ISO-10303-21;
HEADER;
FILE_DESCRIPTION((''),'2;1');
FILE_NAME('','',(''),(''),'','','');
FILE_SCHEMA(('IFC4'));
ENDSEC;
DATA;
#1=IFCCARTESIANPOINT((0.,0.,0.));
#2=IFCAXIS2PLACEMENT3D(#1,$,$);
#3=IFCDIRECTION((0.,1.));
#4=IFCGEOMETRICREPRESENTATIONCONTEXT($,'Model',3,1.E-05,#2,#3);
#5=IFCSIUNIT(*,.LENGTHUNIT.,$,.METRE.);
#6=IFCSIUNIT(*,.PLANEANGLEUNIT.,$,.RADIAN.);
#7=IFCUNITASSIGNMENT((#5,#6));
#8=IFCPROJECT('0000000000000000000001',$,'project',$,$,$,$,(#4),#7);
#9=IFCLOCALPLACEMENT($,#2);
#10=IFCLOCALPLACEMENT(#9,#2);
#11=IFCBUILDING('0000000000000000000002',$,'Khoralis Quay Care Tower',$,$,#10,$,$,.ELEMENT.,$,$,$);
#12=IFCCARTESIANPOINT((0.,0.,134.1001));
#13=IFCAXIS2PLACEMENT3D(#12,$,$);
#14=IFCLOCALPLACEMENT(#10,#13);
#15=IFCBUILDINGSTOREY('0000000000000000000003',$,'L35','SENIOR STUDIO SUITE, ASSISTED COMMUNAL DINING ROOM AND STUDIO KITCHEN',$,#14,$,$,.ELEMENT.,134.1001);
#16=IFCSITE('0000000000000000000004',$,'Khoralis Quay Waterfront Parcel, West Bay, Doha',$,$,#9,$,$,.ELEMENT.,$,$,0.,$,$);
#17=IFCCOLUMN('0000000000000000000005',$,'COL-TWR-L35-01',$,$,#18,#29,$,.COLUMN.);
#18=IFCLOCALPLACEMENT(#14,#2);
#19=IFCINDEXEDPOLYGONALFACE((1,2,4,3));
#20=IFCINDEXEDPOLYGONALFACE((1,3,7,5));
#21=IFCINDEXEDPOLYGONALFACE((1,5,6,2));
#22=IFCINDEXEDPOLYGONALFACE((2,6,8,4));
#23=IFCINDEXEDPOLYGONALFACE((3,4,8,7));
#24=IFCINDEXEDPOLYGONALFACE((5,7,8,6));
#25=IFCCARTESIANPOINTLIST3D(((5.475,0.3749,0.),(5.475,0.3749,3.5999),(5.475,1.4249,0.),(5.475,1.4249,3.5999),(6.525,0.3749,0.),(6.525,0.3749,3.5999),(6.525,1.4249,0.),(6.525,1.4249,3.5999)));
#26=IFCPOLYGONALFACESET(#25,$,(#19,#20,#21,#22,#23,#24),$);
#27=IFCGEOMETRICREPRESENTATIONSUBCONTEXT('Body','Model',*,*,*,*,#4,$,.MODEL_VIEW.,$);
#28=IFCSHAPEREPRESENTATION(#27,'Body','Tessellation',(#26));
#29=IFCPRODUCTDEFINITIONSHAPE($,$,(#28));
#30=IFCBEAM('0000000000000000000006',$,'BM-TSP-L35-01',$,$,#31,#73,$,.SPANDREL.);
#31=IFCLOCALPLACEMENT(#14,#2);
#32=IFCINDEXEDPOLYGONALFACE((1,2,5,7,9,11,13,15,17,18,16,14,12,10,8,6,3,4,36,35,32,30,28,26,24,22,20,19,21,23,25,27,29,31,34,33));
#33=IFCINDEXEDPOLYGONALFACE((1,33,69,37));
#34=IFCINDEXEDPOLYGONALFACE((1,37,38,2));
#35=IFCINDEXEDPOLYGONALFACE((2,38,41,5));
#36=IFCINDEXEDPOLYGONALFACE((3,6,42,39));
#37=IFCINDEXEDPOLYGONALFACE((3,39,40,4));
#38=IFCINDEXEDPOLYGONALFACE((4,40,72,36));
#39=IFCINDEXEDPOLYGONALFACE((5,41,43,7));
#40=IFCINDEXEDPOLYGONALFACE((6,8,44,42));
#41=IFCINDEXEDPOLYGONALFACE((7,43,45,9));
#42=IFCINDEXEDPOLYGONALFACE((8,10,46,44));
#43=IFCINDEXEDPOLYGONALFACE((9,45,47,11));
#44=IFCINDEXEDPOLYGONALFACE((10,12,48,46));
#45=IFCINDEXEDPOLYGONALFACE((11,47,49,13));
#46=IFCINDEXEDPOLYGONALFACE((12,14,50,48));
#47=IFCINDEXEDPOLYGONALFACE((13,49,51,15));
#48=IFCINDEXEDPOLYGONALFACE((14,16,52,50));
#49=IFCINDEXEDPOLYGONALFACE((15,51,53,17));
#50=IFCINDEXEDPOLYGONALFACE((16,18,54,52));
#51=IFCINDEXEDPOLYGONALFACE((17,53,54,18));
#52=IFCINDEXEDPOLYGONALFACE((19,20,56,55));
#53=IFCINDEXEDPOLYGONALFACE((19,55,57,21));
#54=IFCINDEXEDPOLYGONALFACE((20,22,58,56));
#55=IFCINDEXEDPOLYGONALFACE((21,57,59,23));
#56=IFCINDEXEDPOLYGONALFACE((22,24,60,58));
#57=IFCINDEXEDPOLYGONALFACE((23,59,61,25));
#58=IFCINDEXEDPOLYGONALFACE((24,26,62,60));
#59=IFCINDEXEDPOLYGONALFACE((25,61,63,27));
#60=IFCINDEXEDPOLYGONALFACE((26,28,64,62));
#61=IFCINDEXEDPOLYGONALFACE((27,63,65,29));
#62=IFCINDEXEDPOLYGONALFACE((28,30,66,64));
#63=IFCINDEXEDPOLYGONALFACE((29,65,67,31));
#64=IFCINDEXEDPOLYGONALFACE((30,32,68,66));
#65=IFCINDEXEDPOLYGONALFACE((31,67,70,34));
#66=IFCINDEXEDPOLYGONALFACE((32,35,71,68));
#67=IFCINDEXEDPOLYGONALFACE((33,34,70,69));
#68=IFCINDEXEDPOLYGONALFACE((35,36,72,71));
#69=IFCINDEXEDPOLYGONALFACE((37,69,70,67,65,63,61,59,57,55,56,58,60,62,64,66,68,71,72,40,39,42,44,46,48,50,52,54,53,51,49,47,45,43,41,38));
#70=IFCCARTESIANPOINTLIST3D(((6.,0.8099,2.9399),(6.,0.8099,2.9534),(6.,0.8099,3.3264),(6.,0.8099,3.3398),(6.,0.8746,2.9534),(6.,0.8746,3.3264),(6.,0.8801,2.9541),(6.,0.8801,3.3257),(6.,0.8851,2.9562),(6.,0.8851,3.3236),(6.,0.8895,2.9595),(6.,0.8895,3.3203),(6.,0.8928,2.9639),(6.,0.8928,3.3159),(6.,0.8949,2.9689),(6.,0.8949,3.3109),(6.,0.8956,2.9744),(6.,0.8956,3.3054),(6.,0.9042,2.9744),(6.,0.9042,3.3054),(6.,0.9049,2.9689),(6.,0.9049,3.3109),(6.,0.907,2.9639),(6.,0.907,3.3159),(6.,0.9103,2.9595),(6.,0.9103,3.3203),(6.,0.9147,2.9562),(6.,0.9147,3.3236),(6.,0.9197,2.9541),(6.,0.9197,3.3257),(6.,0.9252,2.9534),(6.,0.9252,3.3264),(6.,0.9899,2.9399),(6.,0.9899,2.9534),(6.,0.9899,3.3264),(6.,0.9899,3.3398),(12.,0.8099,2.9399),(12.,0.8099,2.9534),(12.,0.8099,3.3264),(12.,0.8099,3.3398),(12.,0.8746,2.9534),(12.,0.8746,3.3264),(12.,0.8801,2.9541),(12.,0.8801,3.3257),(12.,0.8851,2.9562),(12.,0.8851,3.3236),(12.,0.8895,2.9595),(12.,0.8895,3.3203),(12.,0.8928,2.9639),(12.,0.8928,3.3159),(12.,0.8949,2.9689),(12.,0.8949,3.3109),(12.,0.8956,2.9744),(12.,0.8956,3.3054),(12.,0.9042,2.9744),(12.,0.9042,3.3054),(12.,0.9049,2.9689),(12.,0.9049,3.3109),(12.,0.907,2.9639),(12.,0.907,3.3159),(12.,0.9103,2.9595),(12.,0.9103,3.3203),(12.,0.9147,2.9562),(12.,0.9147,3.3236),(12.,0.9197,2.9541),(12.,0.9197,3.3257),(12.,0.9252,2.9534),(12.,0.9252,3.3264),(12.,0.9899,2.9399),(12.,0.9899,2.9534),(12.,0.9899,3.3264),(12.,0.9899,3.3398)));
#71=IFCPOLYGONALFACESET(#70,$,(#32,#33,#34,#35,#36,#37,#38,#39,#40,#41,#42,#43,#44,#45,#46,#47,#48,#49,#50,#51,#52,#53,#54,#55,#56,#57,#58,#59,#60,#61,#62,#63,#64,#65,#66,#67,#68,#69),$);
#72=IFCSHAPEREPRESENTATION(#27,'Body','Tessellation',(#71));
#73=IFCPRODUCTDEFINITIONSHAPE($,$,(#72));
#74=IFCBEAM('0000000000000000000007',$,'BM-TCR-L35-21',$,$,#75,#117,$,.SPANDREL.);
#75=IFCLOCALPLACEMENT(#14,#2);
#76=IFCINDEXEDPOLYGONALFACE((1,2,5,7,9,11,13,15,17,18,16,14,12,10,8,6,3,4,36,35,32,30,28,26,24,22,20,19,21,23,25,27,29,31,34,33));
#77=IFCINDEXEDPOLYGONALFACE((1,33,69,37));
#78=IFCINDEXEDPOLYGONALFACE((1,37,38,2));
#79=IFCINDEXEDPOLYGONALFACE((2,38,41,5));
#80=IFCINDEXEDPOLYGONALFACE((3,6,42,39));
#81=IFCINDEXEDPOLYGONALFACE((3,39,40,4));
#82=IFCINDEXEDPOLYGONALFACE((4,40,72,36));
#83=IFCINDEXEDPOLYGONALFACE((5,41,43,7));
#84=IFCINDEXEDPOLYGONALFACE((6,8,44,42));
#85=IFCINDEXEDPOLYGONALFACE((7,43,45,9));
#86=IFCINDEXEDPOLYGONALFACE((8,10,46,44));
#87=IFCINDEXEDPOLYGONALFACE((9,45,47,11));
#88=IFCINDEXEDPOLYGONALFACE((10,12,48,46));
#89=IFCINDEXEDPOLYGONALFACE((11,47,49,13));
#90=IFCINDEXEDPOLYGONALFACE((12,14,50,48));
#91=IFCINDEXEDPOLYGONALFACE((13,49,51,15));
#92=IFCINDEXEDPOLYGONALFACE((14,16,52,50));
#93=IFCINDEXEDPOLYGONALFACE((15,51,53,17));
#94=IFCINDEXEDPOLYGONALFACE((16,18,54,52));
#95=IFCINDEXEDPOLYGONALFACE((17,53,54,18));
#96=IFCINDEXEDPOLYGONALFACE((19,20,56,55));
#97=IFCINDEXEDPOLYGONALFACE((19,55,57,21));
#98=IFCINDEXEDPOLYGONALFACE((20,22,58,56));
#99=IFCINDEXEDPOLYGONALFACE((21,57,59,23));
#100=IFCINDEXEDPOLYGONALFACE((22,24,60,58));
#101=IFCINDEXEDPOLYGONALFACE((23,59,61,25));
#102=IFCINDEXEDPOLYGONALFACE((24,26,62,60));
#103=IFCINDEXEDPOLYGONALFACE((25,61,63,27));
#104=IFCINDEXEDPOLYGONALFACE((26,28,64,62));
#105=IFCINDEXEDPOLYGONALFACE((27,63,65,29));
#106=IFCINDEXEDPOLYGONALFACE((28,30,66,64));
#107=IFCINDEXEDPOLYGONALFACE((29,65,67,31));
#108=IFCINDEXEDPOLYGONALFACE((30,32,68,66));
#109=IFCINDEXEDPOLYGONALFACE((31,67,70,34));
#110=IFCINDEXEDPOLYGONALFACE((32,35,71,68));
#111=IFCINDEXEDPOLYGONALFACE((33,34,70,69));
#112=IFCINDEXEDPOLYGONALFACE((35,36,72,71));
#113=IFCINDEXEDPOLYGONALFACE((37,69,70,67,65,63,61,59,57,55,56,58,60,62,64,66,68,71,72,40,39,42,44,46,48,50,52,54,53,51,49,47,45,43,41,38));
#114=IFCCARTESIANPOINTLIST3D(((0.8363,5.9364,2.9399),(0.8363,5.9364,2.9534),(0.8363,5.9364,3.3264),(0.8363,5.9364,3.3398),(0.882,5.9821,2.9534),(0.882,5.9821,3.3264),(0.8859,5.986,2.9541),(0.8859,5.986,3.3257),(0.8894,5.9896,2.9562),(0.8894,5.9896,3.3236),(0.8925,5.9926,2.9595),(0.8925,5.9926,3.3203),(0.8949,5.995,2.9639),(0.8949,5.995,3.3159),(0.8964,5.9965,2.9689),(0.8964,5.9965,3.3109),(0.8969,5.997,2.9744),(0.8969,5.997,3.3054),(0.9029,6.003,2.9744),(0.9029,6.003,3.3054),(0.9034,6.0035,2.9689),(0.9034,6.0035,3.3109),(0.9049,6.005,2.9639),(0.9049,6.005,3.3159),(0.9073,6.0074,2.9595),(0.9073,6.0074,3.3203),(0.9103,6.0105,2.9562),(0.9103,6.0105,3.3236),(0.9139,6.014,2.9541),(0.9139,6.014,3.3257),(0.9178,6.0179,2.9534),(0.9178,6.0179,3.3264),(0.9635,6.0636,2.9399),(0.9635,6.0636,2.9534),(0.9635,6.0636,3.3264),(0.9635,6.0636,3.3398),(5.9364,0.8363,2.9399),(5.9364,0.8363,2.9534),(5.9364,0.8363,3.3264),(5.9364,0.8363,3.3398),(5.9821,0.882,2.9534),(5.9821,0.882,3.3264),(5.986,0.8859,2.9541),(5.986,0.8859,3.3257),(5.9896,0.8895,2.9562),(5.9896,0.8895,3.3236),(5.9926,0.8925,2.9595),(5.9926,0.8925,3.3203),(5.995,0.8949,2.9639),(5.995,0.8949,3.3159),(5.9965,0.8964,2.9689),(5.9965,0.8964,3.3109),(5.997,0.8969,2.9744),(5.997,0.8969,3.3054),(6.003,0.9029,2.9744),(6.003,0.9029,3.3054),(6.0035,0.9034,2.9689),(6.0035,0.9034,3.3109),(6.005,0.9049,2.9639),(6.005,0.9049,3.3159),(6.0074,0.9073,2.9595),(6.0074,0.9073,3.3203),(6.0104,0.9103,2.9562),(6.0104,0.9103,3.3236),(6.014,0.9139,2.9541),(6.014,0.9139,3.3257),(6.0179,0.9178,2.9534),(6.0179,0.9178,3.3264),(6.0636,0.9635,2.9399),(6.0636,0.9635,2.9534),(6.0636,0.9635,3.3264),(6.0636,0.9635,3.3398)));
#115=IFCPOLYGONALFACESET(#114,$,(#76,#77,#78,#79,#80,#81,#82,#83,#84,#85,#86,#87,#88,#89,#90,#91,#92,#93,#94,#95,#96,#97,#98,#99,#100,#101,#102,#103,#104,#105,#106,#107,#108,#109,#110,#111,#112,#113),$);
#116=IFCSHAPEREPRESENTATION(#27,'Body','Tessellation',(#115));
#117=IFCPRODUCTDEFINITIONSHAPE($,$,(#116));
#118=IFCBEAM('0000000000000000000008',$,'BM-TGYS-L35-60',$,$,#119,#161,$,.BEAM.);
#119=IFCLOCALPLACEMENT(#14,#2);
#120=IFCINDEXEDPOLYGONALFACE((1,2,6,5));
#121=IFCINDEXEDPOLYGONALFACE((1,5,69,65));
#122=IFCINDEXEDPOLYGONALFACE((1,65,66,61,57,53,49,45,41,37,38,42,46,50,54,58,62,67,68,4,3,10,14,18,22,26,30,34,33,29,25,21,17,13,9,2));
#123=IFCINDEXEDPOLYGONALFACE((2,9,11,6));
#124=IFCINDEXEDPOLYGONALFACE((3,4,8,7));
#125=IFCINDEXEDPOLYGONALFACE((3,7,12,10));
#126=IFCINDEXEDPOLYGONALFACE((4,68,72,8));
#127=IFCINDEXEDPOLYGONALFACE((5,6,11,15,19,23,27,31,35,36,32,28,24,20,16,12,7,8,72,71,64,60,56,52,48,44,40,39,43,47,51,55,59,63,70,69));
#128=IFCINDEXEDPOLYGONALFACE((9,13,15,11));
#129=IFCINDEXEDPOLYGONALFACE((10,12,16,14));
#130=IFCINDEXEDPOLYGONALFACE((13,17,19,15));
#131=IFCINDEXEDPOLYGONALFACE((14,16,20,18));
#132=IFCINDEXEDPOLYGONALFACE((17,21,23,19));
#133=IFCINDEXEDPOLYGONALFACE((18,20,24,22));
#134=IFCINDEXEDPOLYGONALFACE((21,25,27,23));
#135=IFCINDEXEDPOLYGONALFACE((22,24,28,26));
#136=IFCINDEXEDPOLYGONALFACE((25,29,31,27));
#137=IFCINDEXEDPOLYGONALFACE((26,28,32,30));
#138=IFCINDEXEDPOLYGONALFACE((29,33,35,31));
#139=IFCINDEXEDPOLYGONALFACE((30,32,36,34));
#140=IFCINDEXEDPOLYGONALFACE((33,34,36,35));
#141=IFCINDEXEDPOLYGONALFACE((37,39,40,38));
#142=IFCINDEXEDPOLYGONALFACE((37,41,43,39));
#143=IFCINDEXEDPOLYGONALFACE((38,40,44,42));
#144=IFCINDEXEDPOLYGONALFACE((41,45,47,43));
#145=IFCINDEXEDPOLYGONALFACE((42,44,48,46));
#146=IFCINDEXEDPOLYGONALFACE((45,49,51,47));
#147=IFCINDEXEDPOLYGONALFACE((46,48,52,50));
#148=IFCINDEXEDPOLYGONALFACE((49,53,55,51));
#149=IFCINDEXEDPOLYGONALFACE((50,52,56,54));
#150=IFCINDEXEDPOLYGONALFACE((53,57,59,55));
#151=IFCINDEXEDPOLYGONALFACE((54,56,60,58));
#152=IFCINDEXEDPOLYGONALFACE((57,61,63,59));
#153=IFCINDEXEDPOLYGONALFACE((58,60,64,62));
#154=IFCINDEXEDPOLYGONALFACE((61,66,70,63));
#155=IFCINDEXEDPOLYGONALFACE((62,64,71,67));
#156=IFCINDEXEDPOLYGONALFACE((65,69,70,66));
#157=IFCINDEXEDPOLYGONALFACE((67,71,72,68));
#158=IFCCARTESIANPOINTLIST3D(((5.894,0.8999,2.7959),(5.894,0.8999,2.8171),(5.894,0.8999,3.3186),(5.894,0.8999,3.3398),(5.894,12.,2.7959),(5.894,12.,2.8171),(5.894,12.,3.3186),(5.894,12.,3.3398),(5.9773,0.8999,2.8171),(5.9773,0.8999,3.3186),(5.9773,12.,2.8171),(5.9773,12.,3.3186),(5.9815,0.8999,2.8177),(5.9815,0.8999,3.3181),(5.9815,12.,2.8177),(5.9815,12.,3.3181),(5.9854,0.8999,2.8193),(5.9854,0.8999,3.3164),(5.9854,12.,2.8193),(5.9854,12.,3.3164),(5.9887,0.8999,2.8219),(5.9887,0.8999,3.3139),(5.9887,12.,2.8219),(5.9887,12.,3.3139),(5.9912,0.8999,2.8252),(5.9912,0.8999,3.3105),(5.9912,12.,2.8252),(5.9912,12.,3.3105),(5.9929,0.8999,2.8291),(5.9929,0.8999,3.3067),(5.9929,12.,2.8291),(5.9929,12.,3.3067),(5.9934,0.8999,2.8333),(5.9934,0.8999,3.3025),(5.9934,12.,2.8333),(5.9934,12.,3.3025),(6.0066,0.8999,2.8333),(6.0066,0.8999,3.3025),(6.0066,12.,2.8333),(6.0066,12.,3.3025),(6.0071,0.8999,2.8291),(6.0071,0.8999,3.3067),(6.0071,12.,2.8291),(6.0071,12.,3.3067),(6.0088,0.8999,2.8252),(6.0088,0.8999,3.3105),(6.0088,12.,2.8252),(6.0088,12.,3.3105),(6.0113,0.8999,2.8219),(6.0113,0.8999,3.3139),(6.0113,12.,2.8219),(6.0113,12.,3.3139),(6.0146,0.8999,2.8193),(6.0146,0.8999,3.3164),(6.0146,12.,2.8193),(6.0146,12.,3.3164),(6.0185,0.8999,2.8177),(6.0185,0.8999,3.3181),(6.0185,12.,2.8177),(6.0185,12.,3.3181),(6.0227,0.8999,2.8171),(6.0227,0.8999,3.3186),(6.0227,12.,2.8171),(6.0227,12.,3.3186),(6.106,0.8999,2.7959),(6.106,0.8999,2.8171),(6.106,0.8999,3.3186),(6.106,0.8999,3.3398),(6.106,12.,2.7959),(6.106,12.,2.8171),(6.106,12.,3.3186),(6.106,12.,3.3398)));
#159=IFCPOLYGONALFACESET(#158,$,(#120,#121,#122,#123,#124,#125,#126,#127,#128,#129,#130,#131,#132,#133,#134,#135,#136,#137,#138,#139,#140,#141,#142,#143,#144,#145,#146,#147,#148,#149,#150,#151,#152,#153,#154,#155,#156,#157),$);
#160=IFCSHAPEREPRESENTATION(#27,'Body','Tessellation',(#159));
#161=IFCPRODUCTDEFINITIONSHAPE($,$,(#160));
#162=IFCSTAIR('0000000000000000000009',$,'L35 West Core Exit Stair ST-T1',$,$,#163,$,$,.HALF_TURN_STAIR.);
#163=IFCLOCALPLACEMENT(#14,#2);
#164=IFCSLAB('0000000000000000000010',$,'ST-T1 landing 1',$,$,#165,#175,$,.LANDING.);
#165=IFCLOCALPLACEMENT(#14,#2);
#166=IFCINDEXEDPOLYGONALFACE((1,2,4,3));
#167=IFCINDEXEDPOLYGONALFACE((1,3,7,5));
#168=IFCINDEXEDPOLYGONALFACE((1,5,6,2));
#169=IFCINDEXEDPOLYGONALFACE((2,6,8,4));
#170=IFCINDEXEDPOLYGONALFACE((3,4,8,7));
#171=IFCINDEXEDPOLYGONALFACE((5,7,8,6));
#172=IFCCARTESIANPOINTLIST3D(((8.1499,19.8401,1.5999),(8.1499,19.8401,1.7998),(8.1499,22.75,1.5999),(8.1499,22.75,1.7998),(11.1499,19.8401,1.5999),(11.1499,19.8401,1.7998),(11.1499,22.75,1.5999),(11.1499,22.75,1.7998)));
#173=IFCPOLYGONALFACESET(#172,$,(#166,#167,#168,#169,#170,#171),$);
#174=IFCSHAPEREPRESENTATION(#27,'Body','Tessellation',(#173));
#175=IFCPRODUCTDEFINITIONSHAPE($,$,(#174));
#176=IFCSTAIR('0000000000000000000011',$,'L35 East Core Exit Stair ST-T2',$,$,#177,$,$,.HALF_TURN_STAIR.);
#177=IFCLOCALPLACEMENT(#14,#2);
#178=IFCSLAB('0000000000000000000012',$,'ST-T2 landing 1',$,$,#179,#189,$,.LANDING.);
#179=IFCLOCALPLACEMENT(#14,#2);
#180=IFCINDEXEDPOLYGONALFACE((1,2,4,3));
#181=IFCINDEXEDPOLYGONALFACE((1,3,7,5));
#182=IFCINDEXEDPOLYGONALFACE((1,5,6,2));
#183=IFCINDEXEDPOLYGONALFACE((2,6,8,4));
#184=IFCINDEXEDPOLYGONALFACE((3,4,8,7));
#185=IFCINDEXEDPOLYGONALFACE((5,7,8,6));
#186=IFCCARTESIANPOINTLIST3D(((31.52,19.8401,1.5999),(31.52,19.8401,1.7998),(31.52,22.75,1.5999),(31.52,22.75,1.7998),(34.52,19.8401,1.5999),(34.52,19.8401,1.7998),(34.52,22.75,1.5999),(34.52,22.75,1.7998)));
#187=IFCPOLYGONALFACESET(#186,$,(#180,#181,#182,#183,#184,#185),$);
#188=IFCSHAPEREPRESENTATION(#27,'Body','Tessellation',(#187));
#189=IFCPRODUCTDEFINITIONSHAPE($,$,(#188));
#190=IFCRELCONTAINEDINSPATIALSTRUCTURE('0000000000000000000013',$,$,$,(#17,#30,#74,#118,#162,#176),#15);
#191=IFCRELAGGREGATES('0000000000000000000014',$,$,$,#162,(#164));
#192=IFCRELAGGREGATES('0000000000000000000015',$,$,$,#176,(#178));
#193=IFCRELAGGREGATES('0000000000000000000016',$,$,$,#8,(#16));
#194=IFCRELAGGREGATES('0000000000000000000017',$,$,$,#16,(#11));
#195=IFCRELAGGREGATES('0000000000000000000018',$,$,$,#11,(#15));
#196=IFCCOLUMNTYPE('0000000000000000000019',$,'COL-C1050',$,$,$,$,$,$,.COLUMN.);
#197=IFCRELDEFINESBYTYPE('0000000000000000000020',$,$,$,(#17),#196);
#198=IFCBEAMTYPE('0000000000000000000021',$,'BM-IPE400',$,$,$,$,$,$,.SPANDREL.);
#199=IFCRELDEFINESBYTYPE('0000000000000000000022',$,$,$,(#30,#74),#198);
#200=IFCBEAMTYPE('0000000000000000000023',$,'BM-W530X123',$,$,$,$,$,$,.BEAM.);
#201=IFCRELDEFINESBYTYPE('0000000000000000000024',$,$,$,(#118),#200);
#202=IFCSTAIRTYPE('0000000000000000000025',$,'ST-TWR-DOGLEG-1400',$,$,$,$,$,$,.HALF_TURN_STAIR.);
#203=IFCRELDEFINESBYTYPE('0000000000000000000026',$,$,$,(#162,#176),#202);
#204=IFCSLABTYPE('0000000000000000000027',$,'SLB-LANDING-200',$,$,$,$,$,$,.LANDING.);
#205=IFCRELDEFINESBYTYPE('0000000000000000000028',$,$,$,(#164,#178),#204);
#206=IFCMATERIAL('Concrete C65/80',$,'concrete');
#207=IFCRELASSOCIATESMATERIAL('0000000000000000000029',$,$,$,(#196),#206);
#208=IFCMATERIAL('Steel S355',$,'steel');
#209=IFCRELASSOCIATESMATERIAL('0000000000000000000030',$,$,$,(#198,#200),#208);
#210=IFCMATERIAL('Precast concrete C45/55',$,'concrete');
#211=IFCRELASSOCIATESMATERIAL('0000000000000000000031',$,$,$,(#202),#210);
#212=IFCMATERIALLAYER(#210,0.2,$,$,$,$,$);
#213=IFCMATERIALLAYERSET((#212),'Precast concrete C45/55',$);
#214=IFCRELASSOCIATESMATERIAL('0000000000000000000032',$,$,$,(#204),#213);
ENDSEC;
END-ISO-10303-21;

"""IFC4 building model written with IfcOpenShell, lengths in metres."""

from ifc_helpers import new_model, si_unit, direction, frame, origin, origin_2d, place, context, subcontext, project, spatial, polyline, rectangle, i_section, outline, extrude, source, transform, mapped, material, layer, layer_set, material_profile, profile_set, type_object, element, aggregate, save


model = new_model("IFC4")

# Units and contexts
model_context = context("Model", 3, precision=1e-05, world=origin(), true_north=direction((0.0, 1.0)))
body_context = subcontext(model_context, "Body", "Model", "MODEL_VIEW")
ifc_project = project(units=[si_unit("LENGTHUNIT", "METRE"), si_unit("PLANEANGLEUNIT", "RADIAN")], contexts=[model_context])

# Site, building, storey
site_placement = place(None, origin())
site = spatial("IfcSite", under=ifc_project, at=site_placement, Name="Khoralis Quay Waterfront Parcel, West Bay, Doha", CompositionType="ELEMENT", RefElevation=0.0)
building_placement = place(site_placement, origin())
building = spatial("IfcBuilding", under=site, at=building_placement, Name="Khoralis Quay Care Tower", CompositionType="ELEMENT")
storey_placement = place(building_placement, frame((0.0, 0.0, 134.1001)))
storey = spatial("IfcBuildingStorey", under=building, at=storey_placement, Name="L35", Description="SENIOR STUDIO SUITE, ASSISTED COMMUNAL DINING ROOM AND STUDIO KITCHEN", CompositionType="ELEMENT", Elevation=134.1001)

# Column
ifc_material_1 = material(Name="Concrete C65/80", Category="concrete")
ifc_material_profile_1 = material_profile(ifc_material_1, rectangle(XDim=1.05, YDim=1.05, at=origin_2d()), Name="Concrete C65/80")
ifc_profile_set_1 = profile_set([ifc_material_profile_1], Name="Concrete C65/80")
column_type = type_object("IfcColumnType", Name="COL-C1050", PredefinedType="COLUMN", material=ifc_profile_set_1)
shared_shape_1 = source(origin(), body_context, "Body", "SweptSolid", [
    extrude(rectangle(XDim=1.05, YDim=1.05, at=origin_2d()), origin(), (0.0, 0.0, 1.0), 3.5999),
])
column_placement = place(storey_placement, frame((6.0, 0.8999, 0.0), z_axis=(0.0, 0.0, 1.0), x_axis=(1.0, 0.0, 0.0)))
element("IfcColumn", 1, at=column_placement, inside=storey, type_object=column_type, Name="COL-TWR-L35-01", PredefinedType="COLUMN", context=body_context, shape_type="MappedRepresentation", body=[
    mapped(shared_shape_1, transform((0.0, 0.0, 0.0), scale=1.0)),
])

# Beams
ifc_material_2 = material(Name="Steel S355", Category="steel")
ifc_material_profile_2 = material_profile(ifc_material_2, i_section(OverallWidth=0.1799, OverallDepth=0.3999, WebThickness=0.0085, FlangeThickness=0.0134, FilletRadius=0.021, at=origin_2d()), Name="Steel S355")
ifc_profile_set_2 = profile_set([ifc_material_profile_2], Name="Steel S355")
beam_type_1 = type_object("IfcBeamType", Name="BM-IPE400", PredefinedType="SPANDREL", material=ifc_profile_set_2)
shared_shape_2 = source(origin(), body_context, "Body", "SweptSolid", [
    extrude(i_section(OverallWidth=0.1799, OverallDepth=0.3999, WebThickness=0.0085, FlangeThickness=0.0134, FilletRadius=0.021, at=origin_2d()), origin(), (0.0, 0.0, 1.0), 6.0),
])
beam_1_placement = place(storey_placement, frame((6.0, 0.8999, 3.1399), z_axis=(1.0, 0.0, 0.0), x_axis=(0.0, 1.0, 0.0)))
element("IfcBeam", 2, at=beam_1_placement, inside=storey, type_object=beam_type_1, Name="BM-TSP-L35-01", PredefinedType="SPANDREL", context=body_context, shape_type="MappedRepresentation", body=[
    mapped(shared_shape_2, transform((0.0, 0.0, 0.0), scale=1.0)),
])
shared_shape_3 = source(origin(), body_context, "Body", "SweptSolid", [
    extrude(i_section(OverallWidth=0.1799, OverallDepth=0.3999, WebThickness=0.0085, FlangeThickness=0.0134, FilletRadius=0.021, at=origin_2d()), origin(), (0.0, 0.0, 1.0), 7.2126),
])
beam_2_placement = place(storey_placement, frame((6.0, 0.8999, 3.1399), z_axis=(-0.707107, 0.707107, 0.0), x_axis=(-0.707107, -0.707107, 0.0)))
element("IfcBeam", 3, at=beam_2_placement, inside=storey, type_object=beam_type_1, Name="BM-TCR-L35-21", PredefinedType="SPANDREL", context=body_context, shape_type="MappedRepresentation", body=[
    mapped(shared_shape_3, transform((0.0, 0.0, 0.0), scale=1.0)),
])
ifc_material_profile_3 = material_profile(ifc_material_2, i_section(OverallWidth=0.2119, OverallDepth=0.5439, WebThickness=0.0132, FlangeThickness=0.0212, FilletRadius=0.0161, at=origin_2d()), Name="Steel S355")
ifc_profile_set_3 = profile_set([ifc_material_profile_3], Name="Steel S355")
beam_type_2 = type_object("IfcBeamType", Name="BM-W530X123", PredefinedType="BEAM", material=ifc_profile_set_3)
shared_shape_4 = source(origin(), body_context, "Body", "SweptSolid", [
    extrude(i_section(OverallWidth=0.2119, OverallDepth=0.5439, WebThickness=0.0132, FlangeThickness=0.0212, FilletRadius=0.0161, at=origin_2d()), origin(), (0.0, 0.0, 1.0), 11.1001),
])
beam_3_placement = place(storey_placement, frame((6.0, 0.8999, 3.0679), z_axis=(0.0, 1.0, 0.0), x_axis=(-1.0, 0.0, 0.0)))
element("IfcBeam", 4, at=beam_3_placement, inside=storey, type_object=beam_type_2, Name="BM-TGYS-L35-60", PredefinedType="BEAM", context=body_context, shape_type="MappedRepresentation", body=[
    mapped(shared_shape_4, transform((0.0, 0.0, 0.0), scale=1.0)),
])

# Stairs, slabs
ifc_material_3 = material(Name="Precast concrete C45/55", Category="concrete")
stair_type = type_object("IfcStairType", Name="ST-TWR-DOGLEG-1400", PredefinedType="HALF_TURN_STAIR", material=ifc_material_3)
stair_1_placement = place(storey_placement, origin())
stair_1 = element("IfcStair", 5, at=stair_1_placement, inside=storey, type_object=stair_type, Name="L35 West Core Exit Stair ST-T1", PredefinedType="HALF_TURN_STAIR")
ifc_layer_1 = layer(ifc_material_3, 0.2)
ifc_layer_set_1 = layer_set([ifc_layer_1], Name="Precast concrete C45/55")
slab_type_1 = type_object("IfcSlabType", Name="SLB-LANDING-200", PredefinedType="LANDING", material=ifc_layer_set_1)
slab_1_placement = place(storey_placement, frame((0.0, 0.0, 1.5999)))
slab_1 = element("IfcSlab", 6, at=slab_1_placement, type_object=slab_type_1, Name="ST-T1 landing 1", PredefinedType="LANDING", context=body_context, shape_type="SweptSolid", body=[
    extrude(outline(polyline([(11.1499, 19.8401), (11.1499, 22.75), (8.1499, 22.75), (8.1499, 19.8401), (11.1499, 19.8401)])), origin(), (0.0, 0.0, 1.0), 0.2),
])
aggregate(stair_1, [slab_1])
stair_2_placement = place(storey_placement, origin())
stair_2 = element("IfcStair", 7, at=stair_2_placement, inside=storey, type_object=stair_type, Name="L35 East Core Exit Stair ST-T2", PredefinedType="HALF_TURN_STAIR")
slab_2_placement = place(storey_placement, frame((0.0, 0.0, 1.5999)))
slab_2 = element("IfcSlab", 8, at=slab_2_placement, type_object=slab_type_1, Name="ST-T2 landing 1", PredefinedType="LANDING", context=body_context, shape_type="SweptSolid", body=[
    extrude(outline(polyline([(34.52, 19.8401), (34.52, 22.75), (31.52, 22.75), (31.52, 19.8401), (34.52, 19.8401)])), origin(), (0.0, 0.0, 1.0), 0.2),
])
aggregate(stair_2, [slab_2])

save(model, "model.ifc")
